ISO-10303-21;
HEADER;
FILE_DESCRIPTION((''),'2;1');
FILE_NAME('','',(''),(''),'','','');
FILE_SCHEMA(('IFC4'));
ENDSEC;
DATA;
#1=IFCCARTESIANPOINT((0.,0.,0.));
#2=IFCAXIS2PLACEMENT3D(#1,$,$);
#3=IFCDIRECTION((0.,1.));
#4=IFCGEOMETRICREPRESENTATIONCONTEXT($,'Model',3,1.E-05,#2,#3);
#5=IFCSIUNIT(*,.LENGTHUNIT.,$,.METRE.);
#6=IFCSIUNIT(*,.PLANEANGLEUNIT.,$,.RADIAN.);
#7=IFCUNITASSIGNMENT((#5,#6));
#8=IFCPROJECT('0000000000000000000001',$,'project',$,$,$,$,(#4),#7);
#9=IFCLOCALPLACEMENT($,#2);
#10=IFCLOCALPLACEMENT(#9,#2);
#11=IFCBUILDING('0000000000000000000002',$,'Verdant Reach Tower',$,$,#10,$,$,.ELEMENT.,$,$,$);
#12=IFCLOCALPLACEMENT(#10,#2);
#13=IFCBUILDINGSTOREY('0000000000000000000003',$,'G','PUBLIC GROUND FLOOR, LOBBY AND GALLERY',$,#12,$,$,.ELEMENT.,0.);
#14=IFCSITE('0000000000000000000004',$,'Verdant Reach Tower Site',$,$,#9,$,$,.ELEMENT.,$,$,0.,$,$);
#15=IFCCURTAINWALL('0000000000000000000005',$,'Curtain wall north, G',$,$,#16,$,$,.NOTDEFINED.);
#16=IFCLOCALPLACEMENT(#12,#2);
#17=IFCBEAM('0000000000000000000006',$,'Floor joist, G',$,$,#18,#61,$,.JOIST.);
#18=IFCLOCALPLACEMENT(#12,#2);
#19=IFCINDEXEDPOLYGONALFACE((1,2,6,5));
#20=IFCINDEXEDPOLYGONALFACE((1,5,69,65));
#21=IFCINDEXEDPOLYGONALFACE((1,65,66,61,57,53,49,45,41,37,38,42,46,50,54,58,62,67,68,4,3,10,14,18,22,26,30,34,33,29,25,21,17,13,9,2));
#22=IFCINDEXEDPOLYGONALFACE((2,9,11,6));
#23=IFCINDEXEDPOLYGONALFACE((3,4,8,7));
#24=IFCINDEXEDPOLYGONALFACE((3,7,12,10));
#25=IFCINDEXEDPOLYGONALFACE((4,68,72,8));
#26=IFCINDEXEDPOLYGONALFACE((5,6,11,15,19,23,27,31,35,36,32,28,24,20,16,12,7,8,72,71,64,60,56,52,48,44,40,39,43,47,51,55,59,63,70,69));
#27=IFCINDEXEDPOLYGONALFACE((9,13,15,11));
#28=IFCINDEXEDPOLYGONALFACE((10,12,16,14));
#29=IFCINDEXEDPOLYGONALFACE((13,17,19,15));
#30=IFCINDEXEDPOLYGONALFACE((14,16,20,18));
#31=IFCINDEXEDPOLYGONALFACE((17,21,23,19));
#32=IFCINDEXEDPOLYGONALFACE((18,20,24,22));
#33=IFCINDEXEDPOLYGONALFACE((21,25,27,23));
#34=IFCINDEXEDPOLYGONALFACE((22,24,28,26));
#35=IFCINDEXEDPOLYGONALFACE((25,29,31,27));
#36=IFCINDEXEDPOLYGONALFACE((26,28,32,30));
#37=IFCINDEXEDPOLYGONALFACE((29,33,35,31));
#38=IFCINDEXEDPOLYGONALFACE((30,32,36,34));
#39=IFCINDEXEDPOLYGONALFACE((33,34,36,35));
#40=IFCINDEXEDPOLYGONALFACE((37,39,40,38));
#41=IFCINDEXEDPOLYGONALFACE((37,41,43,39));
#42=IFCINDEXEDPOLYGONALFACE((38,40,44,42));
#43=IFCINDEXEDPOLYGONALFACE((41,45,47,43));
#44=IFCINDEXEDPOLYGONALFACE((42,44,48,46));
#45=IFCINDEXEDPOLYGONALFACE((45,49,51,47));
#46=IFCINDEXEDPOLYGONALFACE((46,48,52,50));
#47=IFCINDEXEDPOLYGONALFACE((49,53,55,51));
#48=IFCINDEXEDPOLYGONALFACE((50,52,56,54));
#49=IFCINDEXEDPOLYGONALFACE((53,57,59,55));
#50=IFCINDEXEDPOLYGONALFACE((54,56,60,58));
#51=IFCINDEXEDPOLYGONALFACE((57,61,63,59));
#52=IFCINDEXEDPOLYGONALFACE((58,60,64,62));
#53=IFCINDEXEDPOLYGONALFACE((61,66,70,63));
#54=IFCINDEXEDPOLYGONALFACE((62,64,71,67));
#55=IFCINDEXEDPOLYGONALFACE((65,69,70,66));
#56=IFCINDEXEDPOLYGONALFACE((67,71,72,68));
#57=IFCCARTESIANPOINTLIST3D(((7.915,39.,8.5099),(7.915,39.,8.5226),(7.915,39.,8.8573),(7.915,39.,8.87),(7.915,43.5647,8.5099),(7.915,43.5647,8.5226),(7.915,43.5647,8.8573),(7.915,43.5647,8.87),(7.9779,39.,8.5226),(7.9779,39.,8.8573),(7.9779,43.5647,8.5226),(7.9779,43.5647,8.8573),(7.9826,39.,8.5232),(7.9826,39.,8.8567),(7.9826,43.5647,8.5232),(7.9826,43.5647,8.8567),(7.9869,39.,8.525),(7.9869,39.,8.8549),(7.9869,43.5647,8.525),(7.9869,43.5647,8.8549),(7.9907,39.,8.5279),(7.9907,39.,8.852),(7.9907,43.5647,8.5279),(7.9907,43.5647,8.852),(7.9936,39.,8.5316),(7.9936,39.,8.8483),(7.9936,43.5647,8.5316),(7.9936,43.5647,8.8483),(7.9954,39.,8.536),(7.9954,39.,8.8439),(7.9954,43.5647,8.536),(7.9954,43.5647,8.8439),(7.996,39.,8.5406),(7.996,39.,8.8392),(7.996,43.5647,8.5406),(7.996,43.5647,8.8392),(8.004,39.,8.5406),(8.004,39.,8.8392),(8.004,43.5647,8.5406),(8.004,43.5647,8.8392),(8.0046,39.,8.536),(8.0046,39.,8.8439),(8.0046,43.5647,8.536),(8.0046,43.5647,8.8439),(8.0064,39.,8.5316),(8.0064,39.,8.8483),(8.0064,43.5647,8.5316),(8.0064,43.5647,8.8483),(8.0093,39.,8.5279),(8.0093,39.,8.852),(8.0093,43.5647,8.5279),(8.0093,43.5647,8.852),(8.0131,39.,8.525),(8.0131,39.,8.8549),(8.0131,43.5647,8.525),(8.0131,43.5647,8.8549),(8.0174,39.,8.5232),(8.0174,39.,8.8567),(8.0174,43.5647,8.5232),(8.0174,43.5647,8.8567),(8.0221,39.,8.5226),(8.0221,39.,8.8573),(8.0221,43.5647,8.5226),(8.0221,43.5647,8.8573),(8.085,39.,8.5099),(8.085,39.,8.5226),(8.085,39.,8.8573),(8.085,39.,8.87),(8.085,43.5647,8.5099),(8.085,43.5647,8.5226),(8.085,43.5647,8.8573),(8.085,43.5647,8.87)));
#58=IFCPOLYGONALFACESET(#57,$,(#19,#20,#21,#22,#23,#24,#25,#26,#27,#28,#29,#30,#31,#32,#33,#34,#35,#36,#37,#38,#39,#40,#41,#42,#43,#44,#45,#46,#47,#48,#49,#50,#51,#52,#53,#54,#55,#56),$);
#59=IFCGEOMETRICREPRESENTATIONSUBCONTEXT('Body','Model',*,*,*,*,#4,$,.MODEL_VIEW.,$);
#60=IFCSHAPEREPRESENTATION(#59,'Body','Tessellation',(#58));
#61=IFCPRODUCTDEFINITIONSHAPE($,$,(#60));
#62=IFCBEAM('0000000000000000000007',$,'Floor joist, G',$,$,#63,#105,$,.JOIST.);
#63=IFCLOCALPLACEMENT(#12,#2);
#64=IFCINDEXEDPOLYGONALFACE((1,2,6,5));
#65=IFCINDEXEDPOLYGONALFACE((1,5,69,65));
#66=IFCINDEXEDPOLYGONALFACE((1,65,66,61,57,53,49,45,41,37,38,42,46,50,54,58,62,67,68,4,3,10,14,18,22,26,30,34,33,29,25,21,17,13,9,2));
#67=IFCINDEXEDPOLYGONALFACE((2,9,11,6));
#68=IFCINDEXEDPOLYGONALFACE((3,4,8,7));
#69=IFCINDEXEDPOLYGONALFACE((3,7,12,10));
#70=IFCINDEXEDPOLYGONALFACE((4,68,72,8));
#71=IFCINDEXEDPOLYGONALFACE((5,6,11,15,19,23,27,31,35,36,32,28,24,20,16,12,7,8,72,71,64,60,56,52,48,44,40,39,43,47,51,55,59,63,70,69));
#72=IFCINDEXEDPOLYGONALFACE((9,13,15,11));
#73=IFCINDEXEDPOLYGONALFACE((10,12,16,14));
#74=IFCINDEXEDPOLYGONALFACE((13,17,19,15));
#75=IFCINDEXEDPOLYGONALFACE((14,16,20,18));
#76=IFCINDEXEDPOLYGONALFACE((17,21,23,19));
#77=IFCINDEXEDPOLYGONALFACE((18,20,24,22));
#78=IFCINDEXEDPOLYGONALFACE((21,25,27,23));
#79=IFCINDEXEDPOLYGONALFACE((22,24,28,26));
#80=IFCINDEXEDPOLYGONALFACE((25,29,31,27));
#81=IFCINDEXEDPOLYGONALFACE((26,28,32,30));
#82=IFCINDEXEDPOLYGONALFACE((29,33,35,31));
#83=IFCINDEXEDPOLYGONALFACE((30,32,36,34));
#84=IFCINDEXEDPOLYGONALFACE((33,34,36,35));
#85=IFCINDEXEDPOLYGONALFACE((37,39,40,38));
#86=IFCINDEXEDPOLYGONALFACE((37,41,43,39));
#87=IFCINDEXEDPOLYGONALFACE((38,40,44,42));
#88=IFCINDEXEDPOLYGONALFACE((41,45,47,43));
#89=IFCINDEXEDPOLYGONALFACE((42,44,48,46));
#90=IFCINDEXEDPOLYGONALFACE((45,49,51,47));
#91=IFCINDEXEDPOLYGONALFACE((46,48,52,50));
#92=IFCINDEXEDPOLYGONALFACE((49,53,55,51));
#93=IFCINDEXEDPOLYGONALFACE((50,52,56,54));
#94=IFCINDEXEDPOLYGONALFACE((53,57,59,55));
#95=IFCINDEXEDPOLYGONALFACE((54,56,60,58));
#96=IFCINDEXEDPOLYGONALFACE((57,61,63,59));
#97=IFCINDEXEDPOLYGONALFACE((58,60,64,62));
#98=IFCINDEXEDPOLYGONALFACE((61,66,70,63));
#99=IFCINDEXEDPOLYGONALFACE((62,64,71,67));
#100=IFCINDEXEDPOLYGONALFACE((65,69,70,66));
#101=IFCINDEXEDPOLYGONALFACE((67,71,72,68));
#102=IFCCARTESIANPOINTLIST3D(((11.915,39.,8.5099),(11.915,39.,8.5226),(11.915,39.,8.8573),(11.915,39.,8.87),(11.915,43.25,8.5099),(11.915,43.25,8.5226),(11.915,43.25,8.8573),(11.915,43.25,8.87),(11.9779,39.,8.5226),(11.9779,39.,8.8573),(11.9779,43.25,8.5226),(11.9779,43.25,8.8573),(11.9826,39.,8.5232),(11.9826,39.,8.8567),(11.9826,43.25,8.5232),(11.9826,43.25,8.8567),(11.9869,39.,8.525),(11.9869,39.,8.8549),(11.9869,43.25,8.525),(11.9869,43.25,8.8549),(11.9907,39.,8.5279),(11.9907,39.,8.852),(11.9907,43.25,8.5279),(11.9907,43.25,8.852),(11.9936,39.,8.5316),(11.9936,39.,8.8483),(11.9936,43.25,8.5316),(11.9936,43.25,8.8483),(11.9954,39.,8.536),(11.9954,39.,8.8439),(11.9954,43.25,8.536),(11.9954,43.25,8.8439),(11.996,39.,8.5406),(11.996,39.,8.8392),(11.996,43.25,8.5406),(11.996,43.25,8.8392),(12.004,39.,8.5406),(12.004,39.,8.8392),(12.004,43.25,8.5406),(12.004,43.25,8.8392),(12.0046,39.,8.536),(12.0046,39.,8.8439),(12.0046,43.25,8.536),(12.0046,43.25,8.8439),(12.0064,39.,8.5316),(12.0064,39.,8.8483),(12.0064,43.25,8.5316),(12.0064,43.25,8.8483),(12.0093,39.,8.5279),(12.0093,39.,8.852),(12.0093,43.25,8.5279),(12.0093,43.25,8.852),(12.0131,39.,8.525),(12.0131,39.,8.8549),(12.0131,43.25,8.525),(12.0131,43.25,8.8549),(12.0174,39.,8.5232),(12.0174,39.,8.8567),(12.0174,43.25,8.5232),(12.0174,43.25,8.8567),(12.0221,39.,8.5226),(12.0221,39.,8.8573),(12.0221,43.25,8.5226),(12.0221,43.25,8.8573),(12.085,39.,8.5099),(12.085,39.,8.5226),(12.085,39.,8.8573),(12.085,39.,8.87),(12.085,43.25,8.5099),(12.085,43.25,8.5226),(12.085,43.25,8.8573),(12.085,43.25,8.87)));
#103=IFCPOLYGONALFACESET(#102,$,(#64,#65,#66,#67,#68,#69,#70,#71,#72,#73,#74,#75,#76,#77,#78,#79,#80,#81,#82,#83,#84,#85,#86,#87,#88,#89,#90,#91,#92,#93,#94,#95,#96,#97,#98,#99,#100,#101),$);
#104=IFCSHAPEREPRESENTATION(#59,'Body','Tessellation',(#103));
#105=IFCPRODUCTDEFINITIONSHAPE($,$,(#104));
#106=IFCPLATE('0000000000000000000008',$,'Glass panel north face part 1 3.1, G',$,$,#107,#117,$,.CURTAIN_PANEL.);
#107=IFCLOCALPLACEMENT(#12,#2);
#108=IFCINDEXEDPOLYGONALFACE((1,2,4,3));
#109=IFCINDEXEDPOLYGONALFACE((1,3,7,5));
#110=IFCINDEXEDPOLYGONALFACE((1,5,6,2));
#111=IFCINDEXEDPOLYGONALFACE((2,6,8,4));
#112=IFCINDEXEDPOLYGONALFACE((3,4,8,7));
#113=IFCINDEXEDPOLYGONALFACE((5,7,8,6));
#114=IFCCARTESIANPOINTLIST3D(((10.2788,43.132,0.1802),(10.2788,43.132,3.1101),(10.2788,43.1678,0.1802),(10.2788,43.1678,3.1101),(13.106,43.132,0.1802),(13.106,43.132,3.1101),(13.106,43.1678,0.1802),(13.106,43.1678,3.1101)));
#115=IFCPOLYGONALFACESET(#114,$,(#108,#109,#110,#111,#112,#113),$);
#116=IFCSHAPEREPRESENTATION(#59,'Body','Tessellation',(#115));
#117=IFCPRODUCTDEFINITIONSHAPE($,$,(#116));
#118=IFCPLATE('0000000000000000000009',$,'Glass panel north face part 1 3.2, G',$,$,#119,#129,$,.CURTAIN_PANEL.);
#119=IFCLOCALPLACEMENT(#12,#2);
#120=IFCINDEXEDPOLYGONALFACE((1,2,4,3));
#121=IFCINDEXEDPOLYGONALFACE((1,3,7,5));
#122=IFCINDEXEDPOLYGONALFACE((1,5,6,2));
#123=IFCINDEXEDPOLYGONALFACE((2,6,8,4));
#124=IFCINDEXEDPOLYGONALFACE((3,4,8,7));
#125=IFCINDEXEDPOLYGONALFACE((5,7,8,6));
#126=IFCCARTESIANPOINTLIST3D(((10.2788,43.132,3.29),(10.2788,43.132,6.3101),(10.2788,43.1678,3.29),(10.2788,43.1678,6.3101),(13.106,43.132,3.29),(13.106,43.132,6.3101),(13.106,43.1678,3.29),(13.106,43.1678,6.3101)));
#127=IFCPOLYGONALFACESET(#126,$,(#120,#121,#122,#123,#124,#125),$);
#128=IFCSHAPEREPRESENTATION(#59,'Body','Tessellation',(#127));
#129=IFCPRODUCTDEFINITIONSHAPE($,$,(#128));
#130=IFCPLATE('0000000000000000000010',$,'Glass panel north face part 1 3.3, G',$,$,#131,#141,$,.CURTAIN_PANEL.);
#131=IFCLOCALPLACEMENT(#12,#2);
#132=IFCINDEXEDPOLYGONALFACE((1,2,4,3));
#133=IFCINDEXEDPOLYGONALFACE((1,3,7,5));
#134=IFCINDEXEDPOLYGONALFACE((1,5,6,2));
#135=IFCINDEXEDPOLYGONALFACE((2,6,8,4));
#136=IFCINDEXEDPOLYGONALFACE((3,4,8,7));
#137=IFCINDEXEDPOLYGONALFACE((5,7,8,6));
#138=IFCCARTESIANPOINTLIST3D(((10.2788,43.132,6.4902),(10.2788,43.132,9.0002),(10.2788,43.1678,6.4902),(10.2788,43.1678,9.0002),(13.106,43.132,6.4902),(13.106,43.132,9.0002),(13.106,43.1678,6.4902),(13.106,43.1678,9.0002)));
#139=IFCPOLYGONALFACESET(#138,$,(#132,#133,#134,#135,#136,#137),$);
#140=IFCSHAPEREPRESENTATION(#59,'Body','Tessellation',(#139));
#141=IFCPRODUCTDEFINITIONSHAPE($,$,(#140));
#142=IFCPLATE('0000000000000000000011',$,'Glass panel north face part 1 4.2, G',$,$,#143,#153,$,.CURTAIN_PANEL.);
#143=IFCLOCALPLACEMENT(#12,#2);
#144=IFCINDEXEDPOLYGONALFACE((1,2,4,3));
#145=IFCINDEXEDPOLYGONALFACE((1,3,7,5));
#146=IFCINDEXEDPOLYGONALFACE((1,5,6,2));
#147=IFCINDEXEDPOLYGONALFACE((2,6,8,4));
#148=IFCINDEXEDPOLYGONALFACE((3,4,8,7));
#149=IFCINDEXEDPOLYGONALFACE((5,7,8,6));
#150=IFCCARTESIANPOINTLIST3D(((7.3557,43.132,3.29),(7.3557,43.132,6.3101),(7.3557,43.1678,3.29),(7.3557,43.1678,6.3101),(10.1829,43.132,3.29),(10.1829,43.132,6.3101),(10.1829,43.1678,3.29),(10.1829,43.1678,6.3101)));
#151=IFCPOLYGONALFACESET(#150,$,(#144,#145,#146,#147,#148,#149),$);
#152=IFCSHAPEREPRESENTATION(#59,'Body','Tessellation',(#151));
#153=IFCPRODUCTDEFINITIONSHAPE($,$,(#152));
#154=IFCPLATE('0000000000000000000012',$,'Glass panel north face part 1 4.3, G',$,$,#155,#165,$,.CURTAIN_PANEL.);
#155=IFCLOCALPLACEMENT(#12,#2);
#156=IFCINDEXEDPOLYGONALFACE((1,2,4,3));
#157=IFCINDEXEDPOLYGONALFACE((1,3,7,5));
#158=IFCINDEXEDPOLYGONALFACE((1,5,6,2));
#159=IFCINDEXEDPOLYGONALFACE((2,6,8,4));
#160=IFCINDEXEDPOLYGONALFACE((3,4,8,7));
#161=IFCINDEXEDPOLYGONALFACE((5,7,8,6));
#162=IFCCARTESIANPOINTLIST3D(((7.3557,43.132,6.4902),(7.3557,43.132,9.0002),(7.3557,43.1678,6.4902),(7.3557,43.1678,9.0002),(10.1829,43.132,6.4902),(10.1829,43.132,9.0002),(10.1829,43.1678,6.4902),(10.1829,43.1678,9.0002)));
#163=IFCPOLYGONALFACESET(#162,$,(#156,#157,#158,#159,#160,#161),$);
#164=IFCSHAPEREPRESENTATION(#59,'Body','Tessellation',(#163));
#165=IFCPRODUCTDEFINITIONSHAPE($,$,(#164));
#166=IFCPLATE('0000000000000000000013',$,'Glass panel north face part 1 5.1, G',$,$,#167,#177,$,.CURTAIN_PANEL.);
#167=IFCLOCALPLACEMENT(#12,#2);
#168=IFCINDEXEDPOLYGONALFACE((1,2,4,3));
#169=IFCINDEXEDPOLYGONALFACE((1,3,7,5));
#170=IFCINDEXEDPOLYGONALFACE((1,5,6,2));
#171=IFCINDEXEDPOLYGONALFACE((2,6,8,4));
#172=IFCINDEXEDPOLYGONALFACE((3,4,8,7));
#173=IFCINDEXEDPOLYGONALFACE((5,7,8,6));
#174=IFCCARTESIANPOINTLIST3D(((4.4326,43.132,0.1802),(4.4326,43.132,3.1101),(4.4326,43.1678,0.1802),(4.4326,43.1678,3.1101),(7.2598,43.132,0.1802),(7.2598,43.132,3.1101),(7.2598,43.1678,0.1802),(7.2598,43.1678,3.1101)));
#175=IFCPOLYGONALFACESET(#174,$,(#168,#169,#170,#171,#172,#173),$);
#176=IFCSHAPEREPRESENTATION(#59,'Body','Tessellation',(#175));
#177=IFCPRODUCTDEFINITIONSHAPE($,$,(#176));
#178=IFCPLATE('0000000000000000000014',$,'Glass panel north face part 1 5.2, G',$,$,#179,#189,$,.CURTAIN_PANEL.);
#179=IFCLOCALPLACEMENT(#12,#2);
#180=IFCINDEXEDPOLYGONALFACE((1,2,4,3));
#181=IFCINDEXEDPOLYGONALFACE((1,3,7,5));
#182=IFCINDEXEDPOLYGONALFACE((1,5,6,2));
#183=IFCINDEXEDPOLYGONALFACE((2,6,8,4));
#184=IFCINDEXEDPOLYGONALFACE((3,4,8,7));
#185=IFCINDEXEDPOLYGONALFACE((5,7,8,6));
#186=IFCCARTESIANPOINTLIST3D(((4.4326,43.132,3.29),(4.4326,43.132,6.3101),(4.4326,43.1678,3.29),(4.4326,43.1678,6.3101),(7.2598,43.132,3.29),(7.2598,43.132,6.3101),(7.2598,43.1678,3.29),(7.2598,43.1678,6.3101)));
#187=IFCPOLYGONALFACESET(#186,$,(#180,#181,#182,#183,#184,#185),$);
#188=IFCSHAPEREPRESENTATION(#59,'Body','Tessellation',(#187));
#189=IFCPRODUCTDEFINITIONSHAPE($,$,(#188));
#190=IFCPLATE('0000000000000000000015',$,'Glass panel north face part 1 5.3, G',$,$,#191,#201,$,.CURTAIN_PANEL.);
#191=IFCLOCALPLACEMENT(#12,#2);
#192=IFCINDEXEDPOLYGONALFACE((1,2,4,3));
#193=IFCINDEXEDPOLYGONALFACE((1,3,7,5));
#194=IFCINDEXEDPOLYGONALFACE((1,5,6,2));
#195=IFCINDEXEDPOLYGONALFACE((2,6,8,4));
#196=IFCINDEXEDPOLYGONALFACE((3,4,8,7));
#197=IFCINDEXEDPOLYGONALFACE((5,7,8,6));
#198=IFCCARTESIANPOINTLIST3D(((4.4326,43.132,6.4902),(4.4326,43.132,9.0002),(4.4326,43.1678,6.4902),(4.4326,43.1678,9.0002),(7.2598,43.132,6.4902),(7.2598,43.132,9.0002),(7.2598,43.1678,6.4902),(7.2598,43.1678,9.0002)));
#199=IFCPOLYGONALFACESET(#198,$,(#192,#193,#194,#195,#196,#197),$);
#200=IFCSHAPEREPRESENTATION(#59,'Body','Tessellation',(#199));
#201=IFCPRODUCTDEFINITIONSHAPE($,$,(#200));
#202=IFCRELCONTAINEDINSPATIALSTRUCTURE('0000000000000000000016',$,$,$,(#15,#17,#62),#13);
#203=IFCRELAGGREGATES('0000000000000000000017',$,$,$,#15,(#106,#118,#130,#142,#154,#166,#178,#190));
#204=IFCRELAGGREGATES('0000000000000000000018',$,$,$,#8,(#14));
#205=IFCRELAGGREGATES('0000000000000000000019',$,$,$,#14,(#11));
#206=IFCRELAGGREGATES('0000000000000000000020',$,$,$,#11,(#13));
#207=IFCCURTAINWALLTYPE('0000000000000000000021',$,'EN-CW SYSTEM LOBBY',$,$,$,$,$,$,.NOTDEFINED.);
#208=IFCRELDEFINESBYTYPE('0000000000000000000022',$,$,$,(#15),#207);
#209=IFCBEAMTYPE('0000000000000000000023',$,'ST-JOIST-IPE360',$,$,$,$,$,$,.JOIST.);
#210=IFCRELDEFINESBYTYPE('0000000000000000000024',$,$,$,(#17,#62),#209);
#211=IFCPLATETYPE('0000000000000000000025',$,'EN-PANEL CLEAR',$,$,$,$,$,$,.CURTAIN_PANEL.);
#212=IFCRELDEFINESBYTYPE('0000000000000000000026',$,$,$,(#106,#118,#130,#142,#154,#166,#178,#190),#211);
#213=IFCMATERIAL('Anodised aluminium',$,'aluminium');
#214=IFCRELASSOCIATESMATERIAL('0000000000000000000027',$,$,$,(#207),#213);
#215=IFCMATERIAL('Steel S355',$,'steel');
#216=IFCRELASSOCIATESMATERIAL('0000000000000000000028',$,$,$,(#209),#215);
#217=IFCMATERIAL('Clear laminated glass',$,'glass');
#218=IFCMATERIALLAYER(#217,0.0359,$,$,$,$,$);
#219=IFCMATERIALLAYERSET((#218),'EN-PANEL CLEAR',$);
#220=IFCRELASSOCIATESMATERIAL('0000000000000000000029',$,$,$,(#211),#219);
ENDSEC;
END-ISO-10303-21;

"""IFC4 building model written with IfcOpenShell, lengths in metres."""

from ifc_helpers import new_model, si_unit, direction, frame, origin, origin_2d, place, context, subcontext, project, spatial, rectangle, i_section, extrude, material, layer, layer_set, material_profile, profile_set, type_object, element, aggregate, save


model = new_model("IFC4")

# Units and contexts
model_context = context("Model", 3, precision=1e-05, world=origin(), true_north=direction((0.0, 1.0)))
body_context = subcontext(model_context, "Body", "Model", "MODEL_VIEW")
ifc_project = project(units=[si_unit("LENGTHUNIT", "METRE"), si_unit("PLANEANGLEUNIT", "RADIAN")], contexts=[model_context])

# Site, building, storey
site_placement = place(None, origin())
site = spatial("IfcSite", under=ifc_project, at=site_placement, Name="Verdant Reach Tower Site", CompositionType="ELEMENT", RefElevation=0.0)
building_placement = place(site_placement, origin())
building = spatial("IfcBuilding", under=site, at=building_placement, Name="Verdant Reach Tower", CompositionType="ELEMENT")
storey_placement = place(building_placement, origin())
storey = spatial("IfcBuildingStorey", under=building, at=storey_placement, Name="G", Description="PUBLIC GROUND FLOOR, LOBBY AND GALLERY", CompositionType="ELEMENT", Elevation=0.0)

# Curtain wall
ifc_material_1 = material(Name="Anodised aluminium", Category="aluminium")
curtain_wall_type = type_object("IfcCurtainWallType", Name="EN-CW SYSTEM LOBBY", PredefinedType="NOTDEFINED", material=ifc_material_1)
curtain_wall_placement = place(storey_placement, origin())
curtain_wall = element("IfcCurtainWall", 1, at=curtain_wall_placement, inside=storey, type_object=curtain_wall_type, Name="Curtain wall north, G", PredefinedType="NOTDEFINED")

# Beams
ifc_material_2 = material(Name="Steel S355", Category="steel")
ifc_material_profile_1 = material_profile(ifc_material_2, i_section(OverallWidth=0.1699, OverallDepth=0.3601, WebThickness=0.0081, FlangeThickness=0.0127, FilletRadius=0.0181, at=origin_2d()), Name="IPE 360")
ifc_profile_set_1 = profile_set([ifc_material_profile_1], Name="Steel S355")
beam_type_1 = type_object("IfcBeamType", Name="ST-JOIST-IPE360", PredefinedType="JOIST", material=ifc_profile_set_1)
beam_1_placement = place(storey_placement, frame((8.0, 39.0, 8.6899), z_axis=(0.0, 1.0, 0.0), x_axis=(-1.0, 0.0, 0.0)))
element("IfcBeam", 2, at=beam_1_placement, inside=storey, type_object=beam_type_1, Name="Floor joist, G", PredefinedType="JOIST", context=body_context, shape_type="SweptSolid", body=[
    extrude(i_section(OverallWidth=0.1699, OverallDepth=0.3601, WebThickness=0.0081, FlangeThickness=0.0127, FilletRadius=0.0181, at=origin_2d()), origin(), (0.0, 0.0, 1.0), 4.5647),
])
beam_2_placement = place(storey_placement, frame((12.0, 39.0, 8.6899), z_axis=(0.0, 1.0, 0.0), x_axis=(-1.0, 0.0, 0.0)))
element("IfcBeam", 3, at=beam_2_placement, inside=storey, type_object=beam_type_1, Name="Floor joist, G", PredefinedType="JOIST", context=body_context, shape_type="SweptSolid", body=[
    extrude(i_section(OverallWidth=0.1699, OverallDepth=0.3601, WebThickness=0.0081, FlangeThickness=0.0127, FilletRadius=0.0181, at=origin_2d()), origin(), (0.0, 0.0, 1.0), 4.25),
])

# Plates
ifc_material_3 = material(Name="Clear laminated glass", Category="glass")
ifc_layer_1 = layer(ifc_material_3, 0.0359)
ifc_layer_set_1 = layer_set([ifc_layer_1], Name="EN-PANEL CLEAR")
plate_type = type_object("IfcPlateType", Name="EN-PANEL CLEAR", PredefinedType="CURTAIN_PANEL", material=ifc_layer_set_1)
plate_1_placement = place(storey_placement, frame((11.6924, 43.1499, 0.1802), z_axis=(0.0, 0.0, 1.0), x_axis=(-1.0, 0.0, 0.0)))
plate_1 = element("IfcPlate", 4, at=plate_1_placement, type_object=plate_type, Name="Glass panel north face part 1 3.1, G", PredefinedType="CURTAIN_PANEL", context=body_context, shape_type="SweptSolid", body=[
    extrude(rectangle(XDim=2.8271, YDim=0.0359, at=origin_2d()), origin(), (0.0, 0.0, 1.0), 2.9299),
])
plate_2_placement = place(storey_placement, frame((11.6924, 43.1499, 3.29), z_axis=(0.0, 0.0, 1.0), x_axis=(-1.0, 0.0, 0.0)))
plate_2 = element("IfcPlate", 5, at=plate_2_placement, type_object=plate_type, Name="Glass panel north face part 1 3.2, G", PredefinedType="CURTAIN_PANEL", context=body_context, shape_type="SweptSolid", body=[
    extrude(rectangle(XDim=2.8271, YDim=0.0359, at=origin_2d()), origin(), (0.0, 0.0, 1.0), 3.02),
])
plate_3_placement = place(storey_placement, frame((11.6924, 43.1499, 6.4902), z_axis=(0.0, 0.0, 1.0), x_axis=(-1.0, 0.0, 0.0)))
plate_3 = element("IfcPlate", 6, at=plate_3_placement, type_object=plate_type, Name="Glass panel north face part 1 3.3, G", PredefinedType="CURTAIN_PANEL", context=body_context, shape_type="SweptSolid", body=[
    extrude(rectangle(XDim=2.8271, YDim=0.0359, at=origin_2d()), origin(), (0.0, 0.0, 1.0), 2.51),
])
plate_4_placement = place(storey_placement, frame((8.7693, 43.1499, 3.29), z_axis=(0.0, 0.0, 1.0), x_axis=(-1.0, 0.0, 0.0)))
plate_4 = element("IfcPlate", 7, at=plate_4_placement, type_object=plate_type, Name="Glass panel north face part 1 4.2, G", PredefinedType="CURTAIN_PANEL", context=body_context, shape_type="SweptSolid", body=[
    extrude(rectangle(XDim=2.8271, YDim=0.0359, at=origin_2d()), origin(), (0.0, 0.0, 1.0), 3.02),
])
plate_5_placement = place(storey_placement, frame((8.7693, 43.1499, 6.4902), z_axis=(0.0, 0.0, 1.0), x_axis=(-1.0, 0.0, 0.0)))
plate_5 = element("IfcPlate", 8, at=plate_5_placement, type_object=plate_type, Name="Glass panel north face part 1 4.3, G", PredefinedType="CURTAIN_PANEL", context=body_context, shape_type="SweptSolid", body=[
    extrude(rectangle(XDim=2.8271, YDim=0.0359, at=origin_2d()), origin(), (0.0, 0.0, 1.0), 2.51),
])
plate_6_placement = place(storey_placement, frame((5.8462, 43.1499, 0.1802), z_axis=(0.0, 0.0, 1.0), x_axis=(-1.0, 0.0, 0.0)))
plate_6 = element("IfcPlate", 9, at=plate_6_placement, type_object=plate_type, Name="Glass panel north face part 1 5.1, G", PredefinedType="CURTAIN_PANEL", context=body_context, shape_type="SweptSolid", body=[
    extrude(rectangle(XDim=2.8271, YDim=0.0359, at=origin_2d()), origin(), (0.0, 0.0, 1.0), 2.9299),
])
plate_7_placement = place(storey_placement, frame((5.8462, 43.1499, 3.29), z_axis=(0.0, 0.0, 1.0), x_axis=(-1.0, 0.0, 0.0)))
plate_7 = element("IfcPlate", 10, at=plate_7_placement, type_object=plate_type, Name="Glass panel north face part 1 5.2, G", PredefinedType="CURTAIN_PANEL", context=body_context, shape_type="SweptSolid", body=[
    extrude(rectangle(XDim=2.8271, YDim=0.0359, at=origin_2d()), origin(), (0.0, 0.0, 1.0), 3.02),
])
plate_8_placement = place(storey_placement, frame((5.8462, 43.1499, 6.4902), z_axis=(0.0, 0.0, 1.0), x_axis=(-1.0, 0.0, 0.0)))
plate_8 = element("IfcPlate", 11, at=plate_8_placement, type_object=plate_type, Name="Glass panel north face part 1 5.3, G", PredefinedType="CURTAIN_PANEL", context=body_context, shape_type="SweptSolid", body=[
    extrude(rectangle(XDim=2.8271, YDim=0.0359, at=origin_2d()), origin(), (0.0, 0.0, 1.0), 2.51),
])
aggregate(curtain_wall, [plate_1, plate_2, plate_3, plate_4, plate_5, plate_6, plate_7, plate_8])

save(model, "model.ifc")
